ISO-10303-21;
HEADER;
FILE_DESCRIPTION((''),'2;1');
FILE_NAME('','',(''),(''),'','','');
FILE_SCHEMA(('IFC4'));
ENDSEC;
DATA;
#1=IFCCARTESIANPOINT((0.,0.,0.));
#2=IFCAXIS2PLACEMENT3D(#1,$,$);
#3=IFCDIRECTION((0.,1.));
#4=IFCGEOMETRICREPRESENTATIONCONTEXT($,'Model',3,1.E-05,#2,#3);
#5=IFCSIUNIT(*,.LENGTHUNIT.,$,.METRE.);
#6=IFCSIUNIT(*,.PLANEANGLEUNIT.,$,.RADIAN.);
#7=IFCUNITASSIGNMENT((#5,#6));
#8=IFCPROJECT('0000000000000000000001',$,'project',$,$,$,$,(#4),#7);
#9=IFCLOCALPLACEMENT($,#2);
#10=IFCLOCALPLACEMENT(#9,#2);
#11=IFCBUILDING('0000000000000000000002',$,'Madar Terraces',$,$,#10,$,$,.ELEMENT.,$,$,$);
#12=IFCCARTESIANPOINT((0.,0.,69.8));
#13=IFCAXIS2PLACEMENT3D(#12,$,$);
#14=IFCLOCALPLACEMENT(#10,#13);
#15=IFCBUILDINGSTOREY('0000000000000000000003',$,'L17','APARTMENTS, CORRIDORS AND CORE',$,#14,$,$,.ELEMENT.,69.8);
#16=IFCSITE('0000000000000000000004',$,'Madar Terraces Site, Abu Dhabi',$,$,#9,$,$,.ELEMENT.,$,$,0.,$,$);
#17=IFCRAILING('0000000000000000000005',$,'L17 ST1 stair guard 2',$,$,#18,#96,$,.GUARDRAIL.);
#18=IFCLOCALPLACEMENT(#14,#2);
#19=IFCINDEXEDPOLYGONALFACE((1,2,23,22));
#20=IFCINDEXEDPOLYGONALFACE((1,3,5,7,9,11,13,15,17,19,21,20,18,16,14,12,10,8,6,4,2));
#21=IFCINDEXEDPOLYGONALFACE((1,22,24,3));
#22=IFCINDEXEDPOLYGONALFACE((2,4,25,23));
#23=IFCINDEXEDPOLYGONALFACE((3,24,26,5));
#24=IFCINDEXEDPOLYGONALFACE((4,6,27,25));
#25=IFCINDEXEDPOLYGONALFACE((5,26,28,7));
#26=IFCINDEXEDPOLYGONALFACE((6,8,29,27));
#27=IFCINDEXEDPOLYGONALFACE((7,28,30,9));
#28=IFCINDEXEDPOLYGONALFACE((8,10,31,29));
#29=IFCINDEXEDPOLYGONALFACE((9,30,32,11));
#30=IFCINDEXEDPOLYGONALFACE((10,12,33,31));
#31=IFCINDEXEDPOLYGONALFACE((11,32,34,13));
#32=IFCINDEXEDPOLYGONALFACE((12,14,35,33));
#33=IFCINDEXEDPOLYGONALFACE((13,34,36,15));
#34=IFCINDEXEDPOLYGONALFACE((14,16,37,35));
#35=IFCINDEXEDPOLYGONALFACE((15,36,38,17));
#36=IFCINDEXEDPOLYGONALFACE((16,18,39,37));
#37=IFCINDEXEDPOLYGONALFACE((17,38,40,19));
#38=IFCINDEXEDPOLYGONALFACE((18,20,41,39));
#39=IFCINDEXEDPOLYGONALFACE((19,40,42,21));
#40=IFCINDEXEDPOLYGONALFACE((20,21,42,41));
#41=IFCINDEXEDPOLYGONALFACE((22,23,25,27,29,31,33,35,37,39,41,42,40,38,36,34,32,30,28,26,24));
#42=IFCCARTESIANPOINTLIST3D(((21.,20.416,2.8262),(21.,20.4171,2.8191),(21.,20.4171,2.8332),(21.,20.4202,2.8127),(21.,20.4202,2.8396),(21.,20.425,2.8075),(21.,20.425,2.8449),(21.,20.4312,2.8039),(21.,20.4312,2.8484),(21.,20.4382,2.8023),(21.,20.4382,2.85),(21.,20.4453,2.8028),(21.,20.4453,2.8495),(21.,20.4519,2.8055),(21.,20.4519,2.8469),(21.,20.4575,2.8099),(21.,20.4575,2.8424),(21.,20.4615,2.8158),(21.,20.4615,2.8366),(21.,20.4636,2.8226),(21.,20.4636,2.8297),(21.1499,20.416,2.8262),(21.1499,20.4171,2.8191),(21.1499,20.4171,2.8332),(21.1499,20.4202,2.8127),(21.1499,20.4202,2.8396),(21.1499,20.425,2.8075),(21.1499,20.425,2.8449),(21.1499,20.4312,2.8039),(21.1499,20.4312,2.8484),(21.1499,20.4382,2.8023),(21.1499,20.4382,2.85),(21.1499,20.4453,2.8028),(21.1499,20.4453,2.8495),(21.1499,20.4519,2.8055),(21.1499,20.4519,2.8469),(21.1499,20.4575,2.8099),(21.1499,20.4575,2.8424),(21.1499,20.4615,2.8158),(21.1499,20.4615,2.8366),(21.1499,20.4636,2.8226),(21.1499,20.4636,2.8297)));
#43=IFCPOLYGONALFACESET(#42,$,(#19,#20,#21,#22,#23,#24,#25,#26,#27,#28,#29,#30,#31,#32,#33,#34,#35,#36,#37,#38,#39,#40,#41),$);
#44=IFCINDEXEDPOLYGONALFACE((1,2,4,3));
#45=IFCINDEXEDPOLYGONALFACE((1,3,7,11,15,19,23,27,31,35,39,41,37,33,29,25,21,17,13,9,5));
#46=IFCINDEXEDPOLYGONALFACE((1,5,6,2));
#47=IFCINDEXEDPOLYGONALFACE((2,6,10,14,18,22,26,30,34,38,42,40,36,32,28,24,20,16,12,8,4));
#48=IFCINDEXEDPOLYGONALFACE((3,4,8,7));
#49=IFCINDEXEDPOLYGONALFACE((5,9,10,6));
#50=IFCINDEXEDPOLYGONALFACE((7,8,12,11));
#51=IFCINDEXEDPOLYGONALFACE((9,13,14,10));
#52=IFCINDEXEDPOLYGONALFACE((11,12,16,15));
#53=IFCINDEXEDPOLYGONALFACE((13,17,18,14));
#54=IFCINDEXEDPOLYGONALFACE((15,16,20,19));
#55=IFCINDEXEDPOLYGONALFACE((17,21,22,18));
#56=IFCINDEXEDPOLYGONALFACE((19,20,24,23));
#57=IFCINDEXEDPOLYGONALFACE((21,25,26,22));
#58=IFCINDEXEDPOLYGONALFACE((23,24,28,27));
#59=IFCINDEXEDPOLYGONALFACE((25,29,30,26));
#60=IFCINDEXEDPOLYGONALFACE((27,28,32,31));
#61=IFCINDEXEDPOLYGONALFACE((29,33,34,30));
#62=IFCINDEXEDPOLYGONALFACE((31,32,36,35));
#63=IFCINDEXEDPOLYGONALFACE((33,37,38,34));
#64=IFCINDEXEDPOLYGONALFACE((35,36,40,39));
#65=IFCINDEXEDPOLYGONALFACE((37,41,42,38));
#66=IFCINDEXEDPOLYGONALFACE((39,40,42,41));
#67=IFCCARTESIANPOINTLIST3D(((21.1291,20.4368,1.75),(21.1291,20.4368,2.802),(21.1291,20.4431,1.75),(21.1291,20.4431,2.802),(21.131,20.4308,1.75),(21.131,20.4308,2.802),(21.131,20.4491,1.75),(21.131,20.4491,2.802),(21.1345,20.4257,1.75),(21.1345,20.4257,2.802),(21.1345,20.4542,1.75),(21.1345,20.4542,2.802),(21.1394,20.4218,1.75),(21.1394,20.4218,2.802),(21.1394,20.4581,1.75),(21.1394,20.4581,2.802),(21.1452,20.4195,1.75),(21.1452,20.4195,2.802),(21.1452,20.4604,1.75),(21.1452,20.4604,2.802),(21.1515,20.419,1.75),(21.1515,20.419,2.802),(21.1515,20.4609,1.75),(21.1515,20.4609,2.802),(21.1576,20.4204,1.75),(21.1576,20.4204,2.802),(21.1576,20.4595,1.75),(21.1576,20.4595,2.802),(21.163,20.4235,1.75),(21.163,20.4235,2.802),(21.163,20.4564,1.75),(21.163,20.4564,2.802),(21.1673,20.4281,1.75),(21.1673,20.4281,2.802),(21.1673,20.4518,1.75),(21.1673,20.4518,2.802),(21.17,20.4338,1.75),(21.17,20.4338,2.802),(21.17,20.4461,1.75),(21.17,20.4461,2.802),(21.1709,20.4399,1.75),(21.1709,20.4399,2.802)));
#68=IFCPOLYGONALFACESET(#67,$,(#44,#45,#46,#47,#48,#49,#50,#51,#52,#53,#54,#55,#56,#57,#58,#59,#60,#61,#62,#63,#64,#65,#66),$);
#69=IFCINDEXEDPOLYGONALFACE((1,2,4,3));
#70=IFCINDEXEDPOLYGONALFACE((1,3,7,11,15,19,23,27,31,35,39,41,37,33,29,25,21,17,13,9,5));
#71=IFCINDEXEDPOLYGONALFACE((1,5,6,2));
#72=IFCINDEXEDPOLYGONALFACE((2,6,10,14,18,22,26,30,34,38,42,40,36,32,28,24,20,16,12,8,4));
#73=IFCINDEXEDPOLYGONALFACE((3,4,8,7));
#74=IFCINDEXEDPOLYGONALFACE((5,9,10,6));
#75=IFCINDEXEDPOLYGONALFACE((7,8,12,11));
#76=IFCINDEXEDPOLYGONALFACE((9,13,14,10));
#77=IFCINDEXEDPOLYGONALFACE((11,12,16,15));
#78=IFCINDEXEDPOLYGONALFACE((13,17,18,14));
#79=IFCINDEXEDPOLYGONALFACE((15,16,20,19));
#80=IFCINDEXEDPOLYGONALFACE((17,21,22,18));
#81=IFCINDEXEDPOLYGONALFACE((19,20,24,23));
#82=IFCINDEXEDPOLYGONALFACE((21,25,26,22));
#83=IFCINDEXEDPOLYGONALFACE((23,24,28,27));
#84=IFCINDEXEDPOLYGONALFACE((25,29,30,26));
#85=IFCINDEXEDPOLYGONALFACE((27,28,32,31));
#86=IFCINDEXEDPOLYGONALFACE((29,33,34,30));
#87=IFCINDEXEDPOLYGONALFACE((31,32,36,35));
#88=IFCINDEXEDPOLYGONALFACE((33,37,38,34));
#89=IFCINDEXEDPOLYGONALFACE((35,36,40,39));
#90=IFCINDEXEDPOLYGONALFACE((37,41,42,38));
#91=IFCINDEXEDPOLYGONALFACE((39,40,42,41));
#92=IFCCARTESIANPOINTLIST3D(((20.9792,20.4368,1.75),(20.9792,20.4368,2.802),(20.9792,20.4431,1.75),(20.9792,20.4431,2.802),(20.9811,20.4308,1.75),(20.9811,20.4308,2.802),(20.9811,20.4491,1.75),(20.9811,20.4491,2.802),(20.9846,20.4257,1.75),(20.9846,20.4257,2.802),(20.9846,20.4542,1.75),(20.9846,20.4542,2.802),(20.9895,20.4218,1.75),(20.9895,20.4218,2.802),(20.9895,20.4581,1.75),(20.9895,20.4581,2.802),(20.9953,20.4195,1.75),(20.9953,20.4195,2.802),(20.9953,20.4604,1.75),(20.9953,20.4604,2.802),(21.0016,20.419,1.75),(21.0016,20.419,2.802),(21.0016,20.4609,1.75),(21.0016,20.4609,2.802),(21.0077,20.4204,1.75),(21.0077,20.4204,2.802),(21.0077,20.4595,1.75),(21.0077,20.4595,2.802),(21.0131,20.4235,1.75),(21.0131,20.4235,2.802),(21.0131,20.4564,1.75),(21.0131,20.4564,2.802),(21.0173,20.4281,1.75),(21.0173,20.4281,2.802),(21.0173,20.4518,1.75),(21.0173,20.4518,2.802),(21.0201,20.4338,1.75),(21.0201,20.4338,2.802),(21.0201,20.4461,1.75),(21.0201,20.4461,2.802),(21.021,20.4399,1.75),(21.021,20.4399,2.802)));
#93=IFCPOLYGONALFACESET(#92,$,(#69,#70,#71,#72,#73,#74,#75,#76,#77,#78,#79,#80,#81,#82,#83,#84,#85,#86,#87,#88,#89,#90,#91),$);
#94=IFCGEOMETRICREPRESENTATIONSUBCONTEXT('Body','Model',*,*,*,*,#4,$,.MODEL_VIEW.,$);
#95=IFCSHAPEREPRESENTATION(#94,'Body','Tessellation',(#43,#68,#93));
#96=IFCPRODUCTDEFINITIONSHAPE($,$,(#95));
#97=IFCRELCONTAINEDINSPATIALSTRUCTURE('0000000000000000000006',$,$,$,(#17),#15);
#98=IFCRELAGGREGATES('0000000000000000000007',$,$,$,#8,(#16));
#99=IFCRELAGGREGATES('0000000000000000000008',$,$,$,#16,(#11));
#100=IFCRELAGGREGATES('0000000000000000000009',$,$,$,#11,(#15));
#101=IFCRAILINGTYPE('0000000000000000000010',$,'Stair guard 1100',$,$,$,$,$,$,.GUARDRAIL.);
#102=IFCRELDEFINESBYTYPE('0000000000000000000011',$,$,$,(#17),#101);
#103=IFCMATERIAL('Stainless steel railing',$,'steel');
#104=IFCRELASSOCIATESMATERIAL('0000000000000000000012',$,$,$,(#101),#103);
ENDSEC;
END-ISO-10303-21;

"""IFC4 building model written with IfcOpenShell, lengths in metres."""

from ifc_helpers import new_model, si_unit, direction, frame, origin, origin_2d, place, context, subcontext, project, spatial, circle, extrude, material, type_object, element, save


model = new_model("IFC4")

# Units and contexts
model_context = context("Model", 3, precision=1e-05, world=origin(), true_north=direction((0.0, 1.0)))
body_context = subcontext(model_context, "Body", "Model", "MODEL_VIEW")
ifc_project = project(units=[si_unit("LENGTHUNIT", "METRE"), si_unit("PLANEANGLEUNIT", "RADIAN")], contexts=[model_context])

# Site, building, storey
site_placement = place(None, origin())
site = spatial("IfcSite", under=ifc_project, at=site_placement, Name="Madar Terraces Site, Abu Dhabi", CompositionType="ELEMENT", RefElevation=0.0)
building_placement = place(site_placement, origin())
building = spatial("IfcBuilding", under=site, at=building_placement, Name="Madar Terraces", CompositionType="ELEMENT")
storey_placement = place(building_placement, frame((0.0, 0.0, 69.8)))
storey = spatial("IfcBuildingStorey", under=building, at=storey_placement, Name="L17", Description="APARTMENTS, CORRIDORS AND CORE", CompositionType="ELEMENT", Elevation=69.8)

# Railing
ifc_material_1 = material(Name="Stainless steel railing", Category="steel")
railing_type_1 = type_object("IfcRailingType", Name="Stair guard 1100", PredefinedType="GUARDRAIL", material=ifc_material_1)
railing_1_placement = place(storey_placement, frame((21.1499, 20.4399, 1.75)))
element("IfcRailing", 1, at=railing_1_placement, inside=storey, type_object=railing_type_1, Name="L17 ST1 stair guard 2", PredefinedType="GUARDRAIL", context=body_context, shape_type="SweptSolid", body=[
    extrude(circle(Radius=0.0239, at=origin_2d()), frame((0.0, 0.0, 1.0762), z_axis=(-1.0, 0.0, 0.0), x_axis=(0.0, -1.0, 0.0)), (0.0, 0.0, 1.0), 0.1499),
    extrude(circle(Radius=0.021, at=origin_2d()), origin(), (0.0, 0.0, 1.0), 1.052),
    extrude(circle(Radius=0.021, at=origin_2d()), frame((-0.1499, 0.0, 0.0)), (0.0, 0.0, 1.0), 1.052),
])

save(model, "model.ifc")
